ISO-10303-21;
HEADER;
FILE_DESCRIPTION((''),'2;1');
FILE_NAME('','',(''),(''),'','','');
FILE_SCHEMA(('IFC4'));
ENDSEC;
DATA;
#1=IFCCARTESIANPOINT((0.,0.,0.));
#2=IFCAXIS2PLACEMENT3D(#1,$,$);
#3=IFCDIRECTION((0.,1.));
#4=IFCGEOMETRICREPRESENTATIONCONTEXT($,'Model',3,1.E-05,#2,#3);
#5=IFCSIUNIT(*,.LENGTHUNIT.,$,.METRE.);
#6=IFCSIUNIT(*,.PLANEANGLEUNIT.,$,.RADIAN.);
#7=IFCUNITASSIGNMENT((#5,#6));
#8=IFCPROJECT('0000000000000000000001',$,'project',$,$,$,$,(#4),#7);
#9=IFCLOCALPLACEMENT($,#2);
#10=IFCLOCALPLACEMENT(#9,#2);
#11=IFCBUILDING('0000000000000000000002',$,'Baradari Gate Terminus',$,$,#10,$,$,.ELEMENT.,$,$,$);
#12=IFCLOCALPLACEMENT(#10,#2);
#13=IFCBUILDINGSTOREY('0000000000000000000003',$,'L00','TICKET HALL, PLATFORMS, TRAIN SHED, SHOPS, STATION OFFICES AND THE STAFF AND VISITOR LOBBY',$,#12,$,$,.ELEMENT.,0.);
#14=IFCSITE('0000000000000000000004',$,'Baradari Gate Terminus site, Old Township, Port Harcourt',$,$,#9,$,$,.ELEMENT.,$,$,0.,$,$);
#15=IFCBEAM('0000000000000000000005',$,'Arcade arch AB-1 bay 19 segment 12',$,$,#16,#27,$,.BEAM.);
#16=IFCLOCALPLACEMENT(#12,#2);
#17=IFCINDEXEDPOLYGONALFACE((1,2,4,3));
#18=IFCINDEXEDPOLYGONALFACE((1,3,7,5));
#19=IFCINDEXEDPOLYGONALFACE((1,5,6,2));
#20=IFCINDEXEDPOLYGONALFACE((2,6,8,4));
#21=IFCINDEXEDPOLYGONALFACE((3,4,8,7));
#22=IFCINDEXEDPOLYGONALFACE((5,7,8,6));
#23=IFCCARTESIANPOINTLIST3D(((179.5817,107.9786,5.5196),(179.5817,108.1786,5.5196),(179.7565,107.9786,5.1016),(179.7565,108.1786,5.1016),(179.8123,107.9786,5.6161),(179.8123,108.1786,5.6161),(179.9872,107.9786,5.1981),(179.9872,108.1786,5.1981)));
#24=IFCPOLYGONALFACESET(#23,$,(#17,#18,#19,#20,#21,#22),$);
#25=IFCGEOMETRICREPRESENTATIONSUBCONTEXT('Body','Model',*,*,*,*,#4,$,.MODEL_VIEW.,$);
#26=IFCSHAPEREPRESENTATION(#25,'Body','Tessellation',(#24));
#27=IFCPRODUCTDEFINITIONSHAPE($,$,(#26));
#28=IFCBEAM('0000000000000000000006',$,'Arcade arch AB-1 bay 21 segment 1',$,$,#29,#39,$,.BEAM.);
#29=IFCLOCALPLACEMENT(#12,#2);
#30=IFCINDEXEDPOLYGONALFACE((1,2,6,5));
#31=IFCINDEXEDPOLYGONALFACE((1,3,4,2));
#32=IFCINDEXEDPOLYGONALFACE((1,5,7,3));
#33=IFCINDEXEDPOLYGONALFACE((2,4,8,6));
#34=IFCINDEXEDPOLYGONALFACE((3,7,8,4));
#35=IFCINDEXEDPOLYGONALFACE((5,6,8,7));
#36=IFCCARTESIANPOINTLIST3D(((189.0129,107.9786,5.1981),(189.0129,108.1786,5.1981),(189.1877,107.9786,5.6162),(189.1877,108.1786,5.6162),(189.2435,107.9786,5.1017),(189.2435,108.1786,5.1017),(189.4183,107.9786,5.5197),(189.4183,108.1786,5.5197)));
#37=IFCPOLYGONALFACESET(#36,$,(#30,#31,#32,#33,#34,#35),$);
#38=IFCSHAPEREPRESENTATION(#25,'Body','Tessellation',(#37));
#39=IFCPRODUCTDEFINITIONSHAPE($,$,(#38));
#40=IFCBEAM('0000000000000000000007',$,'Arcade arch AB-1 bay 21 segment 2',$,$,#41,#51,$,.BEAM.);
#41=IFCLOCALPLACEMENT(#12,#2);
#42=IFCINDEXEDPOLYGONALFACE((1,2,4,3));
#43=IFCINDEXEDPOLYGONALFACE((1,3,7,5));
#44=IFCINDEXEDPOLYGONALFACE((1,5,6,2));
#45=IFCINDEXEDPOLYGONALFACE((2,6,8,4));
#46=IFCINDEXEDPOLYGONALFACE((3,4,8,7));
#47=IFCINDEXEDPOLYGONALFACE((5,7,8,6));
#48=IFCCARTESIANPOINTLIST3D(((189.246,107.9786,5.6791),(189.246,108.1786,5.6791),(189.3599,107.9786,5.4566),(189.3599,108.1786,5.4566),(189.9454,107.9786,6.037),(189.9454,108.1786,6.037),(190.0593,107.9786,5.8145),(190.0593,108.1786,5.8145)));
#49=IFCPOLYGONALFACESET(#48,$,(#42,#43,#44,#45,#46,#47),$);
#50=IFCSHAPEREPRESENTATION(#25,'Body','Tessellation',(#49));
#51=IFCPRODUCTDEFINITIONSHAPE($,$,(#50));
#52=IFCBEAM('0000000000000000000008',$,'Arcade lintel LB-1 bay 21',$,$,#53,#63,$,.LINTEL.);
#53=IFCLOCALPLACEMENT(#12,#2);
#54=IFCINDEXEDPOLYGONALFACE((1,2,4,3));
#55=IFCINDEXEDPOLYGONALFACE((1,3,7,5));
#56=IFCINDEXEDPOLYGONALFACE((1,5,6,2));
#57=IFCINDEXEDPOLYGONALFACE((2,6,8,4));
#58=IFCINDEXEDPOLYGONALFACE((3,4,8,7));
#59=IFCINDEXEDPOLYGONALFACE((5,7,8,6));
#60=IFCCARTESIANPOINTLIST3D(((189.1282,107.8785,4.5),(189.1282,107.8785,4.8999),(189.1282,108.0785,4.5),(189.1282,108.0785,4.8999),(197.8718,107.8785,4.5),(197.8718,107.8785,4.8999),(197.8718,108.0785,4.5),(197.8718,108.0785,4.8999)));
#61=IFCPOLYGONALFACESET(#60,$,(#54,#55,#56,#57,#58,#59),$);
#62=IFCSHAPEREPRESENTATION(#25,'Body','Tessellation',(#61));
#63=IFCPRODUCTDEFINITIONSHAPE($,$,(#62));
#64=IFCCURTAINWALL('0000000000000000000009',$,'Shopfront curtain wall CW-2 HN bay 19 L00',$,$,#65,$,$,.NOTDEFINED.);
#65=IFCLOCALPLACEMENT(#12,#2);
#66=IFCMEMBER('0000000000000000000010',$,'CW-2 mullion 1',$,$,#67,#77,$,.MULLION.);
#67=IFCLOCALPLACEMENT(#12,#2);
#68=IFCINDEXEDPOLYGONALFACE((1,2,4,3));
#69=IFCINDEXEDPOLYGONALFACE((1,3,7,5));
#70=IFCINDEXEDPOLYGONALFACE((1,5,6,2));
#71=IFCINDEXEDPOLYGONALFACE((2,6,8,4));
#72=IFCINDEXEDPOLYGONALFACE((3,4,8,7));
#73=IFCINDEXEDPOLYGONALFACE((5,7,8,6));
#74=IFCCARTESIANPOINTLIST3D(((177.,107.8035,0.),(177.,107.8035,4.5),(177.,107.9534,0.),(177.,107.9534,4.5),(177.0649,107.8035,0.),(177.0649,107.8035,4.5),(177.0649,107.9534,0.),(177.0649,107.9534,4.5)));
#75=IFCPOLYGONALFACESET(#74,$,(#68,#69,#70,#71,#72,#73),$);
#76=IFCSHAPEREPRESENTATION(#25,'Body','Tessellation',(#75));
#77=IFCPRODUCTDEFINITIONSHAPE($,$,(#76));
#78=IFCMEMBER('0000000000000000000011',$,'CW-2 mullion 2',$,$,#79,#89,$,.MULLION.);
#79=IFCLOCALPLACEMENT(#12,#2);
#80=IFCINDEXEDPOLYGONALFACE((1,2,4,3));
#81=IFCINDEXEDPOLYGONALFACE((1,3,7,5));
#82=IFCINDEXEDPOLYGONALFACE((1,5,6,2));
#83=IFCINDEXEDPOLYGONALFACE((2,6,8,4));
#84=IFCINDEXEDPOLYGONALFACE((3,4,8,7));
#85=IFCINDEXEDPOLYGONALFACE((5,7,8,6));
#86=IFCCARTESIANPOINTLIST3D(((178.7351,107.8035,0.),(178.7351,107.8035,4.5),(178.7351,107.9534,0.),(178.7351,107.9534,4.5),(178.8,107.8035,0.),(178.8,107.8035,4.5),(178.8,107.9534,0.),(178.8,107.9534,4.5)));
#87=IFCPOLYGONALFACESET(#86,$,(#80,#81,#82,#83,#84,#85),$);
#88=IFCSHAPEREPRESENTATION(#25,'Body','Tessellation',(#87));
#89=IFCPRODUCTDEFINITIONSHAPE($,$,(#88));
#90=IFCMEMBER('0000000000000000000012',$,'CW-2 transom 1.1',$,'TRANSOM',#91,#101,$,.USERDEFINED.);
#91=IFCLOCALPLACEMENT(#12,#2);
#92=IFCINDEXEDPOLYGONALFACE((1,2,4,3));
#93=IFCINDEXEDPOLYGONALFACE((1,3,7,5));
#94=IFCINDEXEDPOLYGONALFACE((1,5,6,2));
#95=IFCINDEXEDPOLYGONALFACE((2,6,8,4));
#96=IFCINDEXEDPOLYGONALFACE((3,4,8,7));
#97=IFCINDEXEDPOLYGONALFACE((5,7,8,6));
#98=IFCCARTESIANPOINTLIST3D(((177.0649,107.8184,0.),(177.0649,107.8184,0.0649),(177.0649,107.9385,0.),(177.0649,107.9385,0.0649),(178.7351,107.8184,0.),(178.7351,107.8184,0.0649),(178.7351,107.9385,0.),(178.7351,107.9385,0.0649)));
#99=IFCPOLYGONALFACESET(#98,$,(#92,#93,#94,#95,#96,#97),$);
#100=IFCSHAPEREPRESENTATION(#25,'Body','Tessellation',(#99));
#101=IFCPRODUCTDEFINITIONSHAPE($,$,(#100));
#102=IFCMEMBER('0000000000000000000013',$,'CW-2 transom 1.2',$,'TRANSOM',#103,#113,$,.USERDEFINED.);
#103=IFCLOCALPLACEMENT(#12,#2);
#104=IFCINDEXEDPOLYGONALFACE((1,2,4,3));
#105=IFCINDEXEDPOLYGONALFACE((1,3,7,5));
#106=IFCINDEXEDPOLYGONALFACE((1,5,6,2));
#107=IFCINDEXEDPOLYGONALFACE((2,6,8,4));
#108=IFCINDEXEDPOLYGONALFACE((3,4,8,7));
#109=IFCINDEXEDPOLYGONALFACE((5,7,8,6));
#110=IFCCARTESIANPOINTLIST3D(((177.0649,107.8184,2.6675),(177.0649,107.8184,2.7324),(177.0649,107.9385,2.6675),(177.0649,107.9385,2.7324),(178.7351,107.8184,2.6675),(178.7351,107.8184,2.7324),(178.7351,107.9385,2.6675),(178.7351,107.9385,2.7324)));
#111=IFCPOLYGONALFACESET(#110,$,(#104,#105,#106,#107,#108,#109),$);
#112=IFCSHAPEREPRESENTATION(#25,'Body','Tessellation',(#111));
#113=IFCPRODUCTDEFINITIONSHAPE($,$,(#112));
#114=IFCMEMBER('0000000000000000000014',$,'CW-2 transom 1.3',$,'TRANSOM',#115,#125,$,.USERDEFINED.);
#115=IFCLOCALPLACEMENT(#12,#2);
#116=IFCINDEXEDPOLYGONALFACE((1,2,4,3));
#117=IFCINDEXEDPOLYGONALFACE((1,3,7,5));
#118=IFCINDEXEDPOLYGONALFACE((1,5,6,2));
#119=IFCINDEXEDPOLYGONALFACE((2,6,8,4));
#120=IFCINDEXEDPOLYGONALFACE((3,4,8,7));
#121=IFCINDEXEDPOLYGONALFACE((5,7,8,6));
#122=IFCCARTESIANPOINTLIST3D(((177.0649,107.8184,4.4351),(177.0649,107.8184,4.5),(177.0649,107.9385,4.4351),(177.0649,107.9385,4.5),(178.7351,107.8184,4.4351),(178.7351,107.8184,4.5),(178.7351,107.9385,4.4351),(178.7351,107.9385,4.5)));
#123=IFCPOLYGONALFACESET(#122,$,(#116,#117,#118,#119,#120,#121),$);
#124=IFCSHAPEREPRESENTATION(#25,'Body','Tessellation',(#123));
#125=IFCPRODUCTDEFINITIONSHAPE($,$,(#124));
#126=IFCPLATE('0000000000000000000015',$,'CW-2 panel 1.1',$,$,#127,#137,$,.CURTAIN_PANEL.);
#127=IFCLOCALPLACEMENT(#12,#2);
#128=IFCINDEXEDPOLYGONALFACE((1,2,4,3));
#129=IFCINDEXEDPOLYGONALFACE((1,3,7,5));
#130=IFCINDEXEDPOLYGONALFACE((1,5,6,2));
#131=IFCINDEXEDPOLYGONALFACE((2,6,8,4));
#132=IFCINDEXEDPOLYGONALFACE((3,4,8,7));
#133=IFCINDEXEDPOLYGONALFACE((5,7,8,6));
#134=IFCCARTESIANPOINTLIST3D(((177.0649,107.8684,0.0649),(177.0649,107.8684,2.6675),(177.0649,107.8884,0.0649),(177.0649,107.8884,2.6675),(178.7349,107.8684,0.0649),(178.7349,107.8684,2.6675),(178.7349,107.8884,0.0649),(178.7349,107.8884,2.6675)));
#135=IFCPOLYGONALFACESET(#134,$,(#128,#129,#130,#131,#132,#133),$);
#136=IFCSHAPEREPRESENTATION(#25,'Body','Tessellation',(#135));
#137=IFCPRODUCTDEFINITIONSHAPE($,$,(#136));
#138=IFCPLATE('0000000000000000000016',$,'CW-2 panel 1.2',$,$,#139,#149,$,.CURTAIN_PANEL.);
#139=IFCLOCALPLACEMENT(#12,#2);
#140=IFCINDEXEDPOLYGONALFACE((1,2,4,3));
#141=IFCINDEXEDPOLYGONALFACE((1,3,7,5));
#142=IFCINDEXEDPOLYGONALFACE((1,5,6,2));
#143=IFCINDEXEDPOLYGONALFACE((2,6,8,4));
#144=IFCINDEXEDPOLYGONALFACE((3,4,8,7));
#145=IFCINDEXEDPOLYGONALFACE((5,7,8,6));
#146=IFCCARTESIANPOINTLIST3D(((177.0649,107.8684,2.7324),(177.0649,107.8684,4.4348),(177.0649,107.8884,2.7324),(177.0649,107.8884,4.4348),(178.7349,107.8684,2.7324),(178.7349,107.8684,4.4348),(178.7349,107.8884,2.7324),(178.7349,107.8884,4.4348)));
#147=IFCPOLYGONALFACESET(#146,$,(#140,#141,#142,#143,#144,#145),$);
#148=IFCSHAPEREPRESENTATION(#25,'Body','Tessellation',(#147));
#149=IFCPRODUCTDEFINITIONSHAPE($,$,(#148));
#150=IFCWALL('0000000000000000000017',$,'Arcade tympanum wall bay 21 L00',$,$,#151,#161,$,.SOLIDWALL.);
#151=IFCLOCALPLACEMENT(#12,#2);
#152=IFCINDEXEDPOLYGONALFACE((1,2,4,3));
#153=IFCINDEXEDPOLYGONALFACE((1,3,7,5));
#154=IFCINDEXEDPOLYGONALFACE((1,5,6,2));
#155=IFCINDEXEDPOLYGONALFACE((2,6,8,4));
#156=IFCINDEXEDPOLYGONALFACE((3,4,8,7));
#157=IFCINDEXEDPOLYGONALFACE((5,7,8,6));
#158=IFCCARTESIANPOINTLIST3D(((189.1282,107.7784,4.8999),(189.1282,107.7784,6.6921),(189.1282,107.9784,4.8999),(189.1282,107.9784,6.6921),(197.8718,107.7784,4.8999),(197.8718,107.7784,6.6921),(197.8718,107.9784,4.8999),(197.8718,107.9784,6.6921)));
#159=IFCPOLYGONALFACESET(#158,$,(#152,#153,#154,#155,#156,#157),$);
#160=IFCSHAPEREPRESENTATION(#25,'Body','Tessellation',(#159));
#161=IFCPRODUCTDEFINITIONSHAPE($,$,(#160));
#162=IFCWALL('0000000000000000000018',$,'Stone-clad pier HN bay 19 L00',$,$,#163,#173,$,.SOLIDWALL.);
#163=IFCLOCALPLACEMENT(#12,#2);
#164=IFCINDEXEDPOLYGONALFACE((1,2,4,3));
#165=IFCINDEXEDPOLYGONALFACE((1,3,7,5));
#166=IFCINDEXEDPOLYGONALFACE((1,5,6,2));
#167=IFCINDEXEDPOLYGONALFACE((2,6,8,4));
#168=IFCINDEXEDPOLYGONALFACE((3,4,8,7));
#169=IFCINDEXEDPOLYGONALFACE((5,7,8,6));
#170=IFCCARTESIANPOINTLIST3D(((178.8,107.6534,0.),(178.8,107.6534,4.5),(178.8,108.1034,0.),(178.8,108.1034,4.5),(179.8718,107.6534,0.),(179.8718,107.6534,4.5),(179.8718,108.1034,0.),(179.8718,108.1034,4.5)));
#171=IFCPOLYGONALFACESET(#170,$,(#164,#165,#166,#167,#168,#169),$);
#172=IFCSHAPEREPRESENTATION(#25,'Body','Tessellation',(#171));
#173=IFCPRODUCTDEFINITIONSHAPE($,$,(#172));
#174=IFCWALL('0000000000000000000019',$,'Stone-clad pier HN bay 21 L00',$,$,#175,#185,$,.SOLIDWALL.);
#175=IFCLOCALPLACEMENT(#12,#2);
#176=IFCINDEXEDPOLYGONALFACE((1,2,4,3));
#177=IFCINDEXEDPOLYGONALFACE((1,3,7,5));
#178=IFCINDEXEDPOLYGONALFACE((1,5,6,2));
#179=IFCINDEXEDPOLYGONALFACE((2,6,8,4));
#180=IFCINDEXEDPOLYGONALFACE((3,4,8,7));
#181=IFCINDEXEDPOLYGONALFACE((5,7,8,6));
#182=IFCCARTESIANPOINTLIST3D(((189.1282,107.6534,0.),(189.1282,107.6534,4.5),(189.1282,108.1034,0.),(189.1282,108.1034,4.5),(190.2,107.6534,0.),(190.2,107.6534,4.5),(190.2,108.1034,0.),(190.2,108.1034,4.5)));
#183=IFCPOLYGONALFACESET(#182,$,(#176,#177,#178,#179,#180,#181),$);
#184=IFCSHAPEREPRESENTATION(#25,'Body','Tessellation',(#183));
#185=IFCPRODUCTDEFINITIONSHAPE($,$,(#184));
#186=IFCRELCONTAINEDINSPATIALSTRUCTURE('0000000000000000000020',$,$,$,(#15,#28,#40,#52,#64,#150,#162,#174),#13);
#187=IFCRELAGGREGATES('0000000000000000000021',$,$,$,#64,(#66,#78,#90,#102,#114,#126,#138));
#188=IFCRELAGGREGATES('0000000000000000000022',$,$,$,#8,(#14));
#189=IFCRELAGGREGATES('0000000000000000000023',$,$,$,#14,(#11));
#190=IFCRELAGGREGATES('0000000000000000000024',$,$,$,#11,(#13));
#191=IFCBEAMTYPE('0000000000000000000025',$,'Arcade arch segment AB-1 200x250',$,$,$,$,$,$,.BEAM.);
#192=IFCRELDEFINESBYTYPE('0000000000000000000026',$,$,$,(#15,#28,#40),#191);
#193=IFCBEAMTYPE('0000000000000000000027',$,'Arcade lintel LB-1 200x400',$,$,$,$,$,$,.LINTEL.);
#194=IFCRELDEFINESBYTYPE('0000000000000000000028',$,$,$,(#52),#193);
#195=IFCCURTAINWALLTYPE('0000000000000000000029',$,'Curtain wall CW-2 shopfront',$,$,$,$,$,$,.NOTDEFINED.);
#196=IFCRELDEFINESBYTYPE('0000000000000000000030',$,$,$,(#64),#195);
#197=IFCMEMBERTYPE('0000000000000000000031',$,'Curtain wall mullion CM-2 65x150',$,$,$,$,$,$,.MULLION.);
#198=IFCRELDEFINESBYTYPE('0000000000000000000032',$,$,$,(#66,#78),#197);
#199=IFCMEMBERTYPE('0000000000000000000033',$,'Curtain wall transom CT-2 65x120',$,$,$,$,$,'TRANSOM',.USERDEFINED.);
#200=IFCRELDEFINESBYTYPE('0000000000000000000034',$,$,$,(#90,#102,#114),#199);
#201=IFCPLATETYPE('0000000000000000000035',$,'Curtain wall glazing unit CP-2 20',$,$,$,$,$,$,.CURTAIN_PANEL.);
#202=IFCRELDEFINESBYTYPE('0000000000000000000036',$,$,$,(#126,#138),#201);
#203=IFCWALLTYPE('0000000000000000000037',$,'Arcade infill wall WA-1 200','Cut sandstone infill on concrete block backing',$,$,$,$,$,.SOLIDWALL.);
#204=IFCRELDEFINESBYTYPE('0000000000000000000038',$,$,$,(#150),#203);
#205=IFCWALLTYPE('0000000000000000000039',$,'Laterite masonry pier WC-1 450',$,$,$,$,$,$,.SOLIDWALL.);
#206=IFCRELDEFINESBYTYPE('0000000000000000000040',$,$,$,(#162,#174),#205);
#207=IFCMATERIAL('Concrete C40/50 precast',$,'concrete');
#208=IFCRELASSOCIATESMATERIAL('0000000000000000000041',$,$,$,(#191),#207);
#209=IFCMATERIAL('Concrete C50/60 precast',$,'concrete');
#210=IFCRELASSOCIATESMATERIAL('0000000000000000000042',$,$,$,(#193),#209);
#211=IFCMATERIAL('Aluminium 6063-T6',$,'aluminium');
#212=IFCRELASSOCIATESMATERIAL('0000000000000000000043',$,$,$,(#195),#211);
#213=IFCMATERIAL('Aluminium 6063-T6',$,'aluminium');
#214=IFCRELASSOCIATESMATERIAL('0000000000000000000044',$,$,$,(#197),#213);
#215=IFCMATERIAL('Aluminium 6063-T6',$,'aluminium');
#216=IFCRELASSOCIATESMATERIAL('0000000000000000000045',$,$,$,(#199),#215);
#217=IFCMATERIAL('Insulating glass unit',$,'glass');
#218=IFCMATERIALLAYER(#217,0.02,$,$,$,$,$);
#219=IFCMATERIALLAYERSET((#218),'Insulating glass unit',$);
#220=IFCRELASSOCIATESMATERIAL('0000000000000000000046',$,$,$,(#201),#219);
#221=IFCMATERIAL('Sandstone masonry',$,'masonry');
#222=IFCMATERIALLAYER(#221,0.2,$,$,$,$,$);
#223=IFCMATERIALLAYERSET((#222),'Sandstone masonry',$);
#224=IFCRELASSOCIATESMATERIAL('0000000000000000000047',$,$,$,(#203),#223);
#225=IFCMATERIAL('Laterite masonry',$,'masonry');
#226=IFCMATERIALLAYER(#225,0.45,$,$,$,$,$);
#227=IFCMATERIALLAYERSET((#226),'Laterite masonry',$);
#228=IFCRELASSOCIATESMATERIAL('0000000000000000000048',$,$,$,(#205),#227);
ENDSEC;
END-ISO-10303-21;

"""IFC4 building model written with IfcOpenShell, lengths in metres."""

from ifc_helpers import new_model, si_unit, direction, frame, frame_2d, origin, origin_2d, place, context, subcontext, project, spatial, rectangle, extrude, material, layer, layer_set, material_profile, profile_set, type_object, element, aggregate, save


model = new_model("IFC4")

# Units and contexts
model_context = context("Model", 3, precision=1e-05, world=origin(), true_north=direction((0.0, 1.0)))
body_context = subcontext(model_context, "Body", "Model", "MODEL_VIEW")
ifc_project = project(units=[si_unit("LENGTHUNIT", "METRE"), si_unit("PLANEANGLEUNIT", "RADIAN")], contexts=[model_context])

# Site, building, storey
site_placement = place(None, origin())
site = spatial("IfcSite", under=ifc_project, at=site_placement, Name="Baradari Gate Terminus site, Old Township, Port Harcourt", CompositionType="ELEMENT", RefElevation=0.0)
building_placement = place(site_placement, origin())
building = spatial("IfcBuilding", under=site, at=building_placement, Name="Baradari Gate Terminus", CompositionType="ELEMENT")
storey_placement = place(building_placement, origin())
storey = spatial("IfcBuildingStorey", under=building, at=storey_placement, Name="L00", Description="TICKET HALL, PLATFORMS, TRAIN SHED, SHOPS, STATION OFFICES AND THE STAFF AND VISITOR LOBBY", CompositionType="ELEMENT", Elevation=0.0)

# Beams
ifc_material_1 = material(Name="Concrete C40/50 precast", Category="concrete")
ifc_material_profile_1 = material_profile(ifc_material_1, rectangle(XDim=0.2, YDim=0.25, at=origin_2d()), Name="AB-1 200X250")
ifc_profile_set_1 = profile_set([ifc_material_profile_1], Name="Concrete C40/50 precast")
beam_type_1 = type_object("IfcBeamType", Name="Arcade arch segment AB-1 200x250", PredefinedType="BEAM", material=ifc_profile_set_1)
for number, where, z_axis, x_axis, name in (
    (1, (179.697, 108.0786, 5.5679), (0.385839, 0.0, -0.922566), (0.0, 1.0, 0.0), "Arcade arch AB-1 bay 19 segment 12"),
    (2, (189.1282, 108.0786, 5.1499), (0.385839, 0.0, 0.922566), (0.0, 1.0, 0.0), "Arcade arch AB-1 bay 21 segment 1"),
):
    element("IfcBeam", number, at=place(storey_placement, frame(where, z_axis=z_axis, x_axis=x_axis)), inside=storey, type_object=beam_type_1, Name=name, PredefinedType="BEAM", context=body_context, shape_type="SweptSolid", body=[
        extrude(rectangle(XDim=0.2, YDim=0.25, at=origin_2d()), origin(), (0.0, 0.0, 1.0), 0.4531),
    ])
beam_1_placement = place(storey_placement, frame((189.303, 108.0786, 5.5679), z_axis=(0.890225, 0.0, 0.455522), x_axis=(0.0, 1.0, 0.0)))
element("IfcBeam", 3, at=beam_1_placement, inside=storey, type_object=beam_type_1, Name="Arcade arch AB-1 bay 21 segment 2", PredefinedType="BEAM", context=body_context, shape_type="SweptSolid", body=[
    extrude(rectangle(XDim=0.2, YDim=0.25, at=origin_2d()), origin(), (0.0, 0.0, 1.0), 0.7856),
])
ifc_material_2 = material(Name="Concrete C50/60 precast", Category="concrete")
ifc_material_profile_2 = material_profile(ifc_material_2, rectangle(XDim=0.2, YDim=0.3999, at=origin_2d()), Name="LB-1 200X400")
ifc_profile_set_2 = profile_set([ifc_material_profile_2], Name="Concrete C50/60 precast")
beam_type_2 = type_object("IfcBeamType", Name="Arcade lintel LB-1 200x400", PredefinedType="LINTEL", material=ifc_profile_set_2)
beam_2_placement = place(storey_placement, frame((189.1282, 107.9785, 4.7), z_axis=(1.0, 0.0, 0.0), x_axis=(0.0, 1.0, 0.0)))
element("IfcBeam", 4, at=beam_2_placement, inside=storey, type_object=beam_type_2, Name="Arcade lintel LB-1 bay 21", PredefinedType="LINTEL", context=body_context, shape_type="SweptSolid", body=[
    extrude(rectangle(XDim=0.2, YDim=0.3999, at=origin_2d()), origin(), (0.0, 0.0, 1.0), 8.7437),
])

# Curtain wall, members, plates
ifc_material_3 = material(Name="Aluminium 6063-T6", Category="aluminium")
curtain_wall_type = type_object("IfcCurtainWallType", Name="Curtain wall CW-2 shopfront", PredefinedType="NOTDEFINED", material=ifc_material_3)
curtain_wall_placement = place(storey_placement, origin())
curtain_wall = element("IfcCurtainWall", 5, at=curtain_wall_placement, inside=storey, type_object=curtain_wall_type, Name="Shopfront curtain wall CW-2 HN bay 19 L00", PredefinedType="NOTDEFINED")
ifc_material_4 = material(Name="Aluminium 6063-T6", Category="aluminium")
ifc_material_profile_3 = material_profile(ifc_material_4, rectangle(XDim=0.1499, YDim=0.0649, at=origin_2d()), Name="CM-2 65X150")
ifc_profile_set_3 = profile_set([ifc_material_profile_3], Name="Aluminium 6063-T6")
member_type_1 = type_object("IfcMemberType", Name="Curtain wall mullion CM-2 65x150", PredefinedType="MULLION", material=ifc_profile_set_3)
member_1_placement = place(storey_placement, frame((177.0325, 107.8784, 0.0), z_axis=(0.0, 0.0, 1.0), x_axis=(0.0, 1.0, 0.0)))
member_1 = element("IfcMember", 6, at=member_1_placement, type_object=member_type_1, Name="CW-2 mullion 1", PredefinedType="MULLION", context=body_context, shape_type="SweptSolid", body=[
    extrude(rectangle(XDim=0.1499, YDim=0.0649, at=origin_2d()), origin(), (0.0, 0.0, 1.0), 4.5),
])
member_2_placement = place(storey_placement, frame((178.7676, 107.8784, 0.0), z_axis=(0.0, 0.0, 1.0), x_axis=(0.0, 1.0, 0.0)))
member_2 = element("IfcMember", 7, at=member_2_placement, type_object=member_type_1, Name="CW-2 mullion 2", PredefinedType="MULLION", context=body_context, shape_type="SweptSolid", body=[
    extrude(rectangle(XDim=0.1499, YDim=0.0649, at=origin_2d()), origin(), (0.0, 0.0, 1.0), 4.5),
])
ifc_material_5 = material(Name="Aluminium 6063-T6", Category="aluminium")
ifc_material_profile_4 = material_profile(ifc_material_5, rectangle(XDim=0.1201, YDim=0.0649, at=origin_2d()), Name="CT-2 65X120")
ifc_profile_set_4 = profile_set([ifc_material_profile_4], Name="Aluminium 6063-T6")
member_type_2 = type_object("IfcMemberType", Name="Curtain wall transom CT-2 65x120", ElementType="TRANSOM", PredefinedType="USERDEFINED", material=ifc_profile_set_4)
member_3_placement = place(storey_placement, frame((177.0649, 107.8784, 0.0325), z_axis=(1.0, 0.0, 0.0), x_axis=(0.0, 1.0, 0.0)))
member_3 = element("IfcMember", 8, at=member_3_placement, type_object=member_type_2, Name="CW-2 transom 1.1", ObjectType="TRANSOM", PredefinedType="USERDEFINED", context=body_context, shape_type="SweptSolid", body=[
    extrude(rectangle(XDim=0.1201, YDim=0.0649, at=origin_2d()), origin(), (0.0, 0.0, 1.0), 1.6702),
])
member_4_placement = place(storey_placement, frame((177.0649, 107.8784, 2.7), z_axis=(1.0, 0.0, 0.0), x_axis=(0.0, 1.0, 0.0)))
member_4 = element("IfcMember", 9, at=member_4_placement, type_object=member_type_2, Name="CW-2 transom 1.2", ObjectType="TRANSOM", PredefinedType="USERDEFINED", context=body_context, shape_type="SweptSolid", body=[
    extrude(rectangle(XDim=0.1201, YDim=0.0649, at=origin_2d()), origin(), (0.0, 0.0, 1.0), 1.6702),
])
member_5_placement = place(storey_placement, frame((177.0649, 107.8784, 4.4675), z_axis=(1.0, 0.0, 0.0), x_axis=(0.0, 1.0, 0.0)))
member_5 = element("IfcMember", 10, at=member_5_placement, type_object=member_type_2, Name="CW-2 transom 1.3", ObjectType="TRANSOM", PredefinedType="USERDEFINED", context=body_context, shape_type="SweptSolid", body=[
    extrude(rectangle(XDim=0.1201, YDim=0.0649, at=origin_2d()), origin(), (0.0, 0.0, 1.0), 1.6702),
])
ifc_material_6 = material(Name="Insulating glass unit", Category="glass")
ifc_layer_1 = layer(ifc_material_6, 0.02)
ifc_layer_set_1 = layer_set([ifc_layer_1], Name="Insulating glass unit")
plate_type = type_object("IfcPlateType", Name="Curtain wall glazing unit CP-2 20", PredefinedType="CURTAIN_PANEL", material=ifc_layer_set_1)
plate_1_placement = place(storey_placement, frame((177.8999, 107.8784, 0.0649), z_axis=(0.0, 0.0, 1.0), x_axis=(1.0, 0.0, 0.0)))
plate_1 = element("IfcPlate", 11, at=plate_1_placement, type_object=plate_type, Name="CW-2 panel 1.1", PredefinedType="CURTAIN_PANEL", context=body_context, shape_type="SweptSolid", body=[
    extrude(rectangle(XDim=1.6699, YDim=0.02, at=origin_2d()), origin(), (0.0, 0.0, 1.0), 2.6025),
])
plate_2_placement = place(storey_placement, frame((177.8999, 107.8784, 2.7324), z_axis=(0.0, 0.0, 1.0), x_axis=(1.0, 0.0, 0.0)))
plate_2 = element("IfcPlate", 12, at=plate_2_placement, type_object=plate_type, Name="CW-2 panel 1.2", PredefinedType="CURTAIN_PANEL", context=body_context, shape_type="SweptSolid", body=[
    extrude(rectangle(XDim=1.6699, YDim=0.02, at=origin_2d()), origin(), (0.0, 0.0, 1.0), 1.7024),
])
aggregate(curtain_wall, [member_1, member_2, member_3, member_4, member_5, plate_1, plate_2])

# Walls
ifc_material_7 = material(Name="Sandstone masonry", Category="masonry")
ifc_layer_2 = layer(ifc_material_7, 0.2)
ifc_layer_set_2 = layer_set([ifc_layer_2], Name="Sandstone masonry")
wall_type_1 = type_object("IfcWallType", Name="Arcade infill wall WA-1 200", Description="Cut sandstone infill on concrete block backing", PredefinedType="SOLIDWALL", material=ifc_layer_set_2)
wall_1_placement = place(storey_placement, frame((189.1282, 107.8784, 4.8999), z_axis=(0.0, 0.0, 1.0), x_axis=(1.0, 0.0, 0.0)))
element("IfcWall", 13, at=wall_1_placement, inside=storey, type_object=wall_type_1, Name="Arcade tympanum wall bay 21 L00", PredefinedType="SOLIDWALL", context=body_context, shape_type="SweptSolid", body=[
    extrude(rectangle(XDim=8.7437, YDim=0.2, at=frame_2d((4.3718, 0.0))), origin(), (0.0, 0.0, 1.0), 1.7922),
])
ifc_material_8 = material(Name="Laterite masonry", Category="masonry")
ifc_layer_3 = layer(ifc_material_8, 0.45)
ifc_layer_set_3 = layer_set([ifc_layer_3], Name="Laterite masonry")
wall_type_2 = type_object("IfcWallType", Name="Laterite masonry pier WC-1 450", PredefinedType="SOLIDWALL", material=ifc_layer_set_3)
for number, where, z_axis, x_axis, name in (
    (14, (178.8, 107.8784, 0.0), (0.0, 0.0, 1.0), (1.0, 0.0, 0.0), "Stone-clad pier HN bay 19 L00"),
    (15, (189.1282, 107.8784, 0.0), (0.0, 0.0, 1.0), (1.0, 0.0, 0.0), "Stone-clad pier HN bay 21 L00"),
):
    element("IfcWall", number, at=place(storey_placement, frame(where, z_axis=z_axis, x_axis=x_axis)), inside=storey, type_object=wall_type_2, Name=name, PredefinedType="SOLIDWALL", context=body_context, shape_type="SweptSolid", body=[
        extrude(rectangle(XDim=1.0718, YDim=0.45, at=frame_2d((0.5359, 0.0))), origin(), (0.0, 0.0, 1.0), 4.5),
    ])

save(model, "model.ifc")
